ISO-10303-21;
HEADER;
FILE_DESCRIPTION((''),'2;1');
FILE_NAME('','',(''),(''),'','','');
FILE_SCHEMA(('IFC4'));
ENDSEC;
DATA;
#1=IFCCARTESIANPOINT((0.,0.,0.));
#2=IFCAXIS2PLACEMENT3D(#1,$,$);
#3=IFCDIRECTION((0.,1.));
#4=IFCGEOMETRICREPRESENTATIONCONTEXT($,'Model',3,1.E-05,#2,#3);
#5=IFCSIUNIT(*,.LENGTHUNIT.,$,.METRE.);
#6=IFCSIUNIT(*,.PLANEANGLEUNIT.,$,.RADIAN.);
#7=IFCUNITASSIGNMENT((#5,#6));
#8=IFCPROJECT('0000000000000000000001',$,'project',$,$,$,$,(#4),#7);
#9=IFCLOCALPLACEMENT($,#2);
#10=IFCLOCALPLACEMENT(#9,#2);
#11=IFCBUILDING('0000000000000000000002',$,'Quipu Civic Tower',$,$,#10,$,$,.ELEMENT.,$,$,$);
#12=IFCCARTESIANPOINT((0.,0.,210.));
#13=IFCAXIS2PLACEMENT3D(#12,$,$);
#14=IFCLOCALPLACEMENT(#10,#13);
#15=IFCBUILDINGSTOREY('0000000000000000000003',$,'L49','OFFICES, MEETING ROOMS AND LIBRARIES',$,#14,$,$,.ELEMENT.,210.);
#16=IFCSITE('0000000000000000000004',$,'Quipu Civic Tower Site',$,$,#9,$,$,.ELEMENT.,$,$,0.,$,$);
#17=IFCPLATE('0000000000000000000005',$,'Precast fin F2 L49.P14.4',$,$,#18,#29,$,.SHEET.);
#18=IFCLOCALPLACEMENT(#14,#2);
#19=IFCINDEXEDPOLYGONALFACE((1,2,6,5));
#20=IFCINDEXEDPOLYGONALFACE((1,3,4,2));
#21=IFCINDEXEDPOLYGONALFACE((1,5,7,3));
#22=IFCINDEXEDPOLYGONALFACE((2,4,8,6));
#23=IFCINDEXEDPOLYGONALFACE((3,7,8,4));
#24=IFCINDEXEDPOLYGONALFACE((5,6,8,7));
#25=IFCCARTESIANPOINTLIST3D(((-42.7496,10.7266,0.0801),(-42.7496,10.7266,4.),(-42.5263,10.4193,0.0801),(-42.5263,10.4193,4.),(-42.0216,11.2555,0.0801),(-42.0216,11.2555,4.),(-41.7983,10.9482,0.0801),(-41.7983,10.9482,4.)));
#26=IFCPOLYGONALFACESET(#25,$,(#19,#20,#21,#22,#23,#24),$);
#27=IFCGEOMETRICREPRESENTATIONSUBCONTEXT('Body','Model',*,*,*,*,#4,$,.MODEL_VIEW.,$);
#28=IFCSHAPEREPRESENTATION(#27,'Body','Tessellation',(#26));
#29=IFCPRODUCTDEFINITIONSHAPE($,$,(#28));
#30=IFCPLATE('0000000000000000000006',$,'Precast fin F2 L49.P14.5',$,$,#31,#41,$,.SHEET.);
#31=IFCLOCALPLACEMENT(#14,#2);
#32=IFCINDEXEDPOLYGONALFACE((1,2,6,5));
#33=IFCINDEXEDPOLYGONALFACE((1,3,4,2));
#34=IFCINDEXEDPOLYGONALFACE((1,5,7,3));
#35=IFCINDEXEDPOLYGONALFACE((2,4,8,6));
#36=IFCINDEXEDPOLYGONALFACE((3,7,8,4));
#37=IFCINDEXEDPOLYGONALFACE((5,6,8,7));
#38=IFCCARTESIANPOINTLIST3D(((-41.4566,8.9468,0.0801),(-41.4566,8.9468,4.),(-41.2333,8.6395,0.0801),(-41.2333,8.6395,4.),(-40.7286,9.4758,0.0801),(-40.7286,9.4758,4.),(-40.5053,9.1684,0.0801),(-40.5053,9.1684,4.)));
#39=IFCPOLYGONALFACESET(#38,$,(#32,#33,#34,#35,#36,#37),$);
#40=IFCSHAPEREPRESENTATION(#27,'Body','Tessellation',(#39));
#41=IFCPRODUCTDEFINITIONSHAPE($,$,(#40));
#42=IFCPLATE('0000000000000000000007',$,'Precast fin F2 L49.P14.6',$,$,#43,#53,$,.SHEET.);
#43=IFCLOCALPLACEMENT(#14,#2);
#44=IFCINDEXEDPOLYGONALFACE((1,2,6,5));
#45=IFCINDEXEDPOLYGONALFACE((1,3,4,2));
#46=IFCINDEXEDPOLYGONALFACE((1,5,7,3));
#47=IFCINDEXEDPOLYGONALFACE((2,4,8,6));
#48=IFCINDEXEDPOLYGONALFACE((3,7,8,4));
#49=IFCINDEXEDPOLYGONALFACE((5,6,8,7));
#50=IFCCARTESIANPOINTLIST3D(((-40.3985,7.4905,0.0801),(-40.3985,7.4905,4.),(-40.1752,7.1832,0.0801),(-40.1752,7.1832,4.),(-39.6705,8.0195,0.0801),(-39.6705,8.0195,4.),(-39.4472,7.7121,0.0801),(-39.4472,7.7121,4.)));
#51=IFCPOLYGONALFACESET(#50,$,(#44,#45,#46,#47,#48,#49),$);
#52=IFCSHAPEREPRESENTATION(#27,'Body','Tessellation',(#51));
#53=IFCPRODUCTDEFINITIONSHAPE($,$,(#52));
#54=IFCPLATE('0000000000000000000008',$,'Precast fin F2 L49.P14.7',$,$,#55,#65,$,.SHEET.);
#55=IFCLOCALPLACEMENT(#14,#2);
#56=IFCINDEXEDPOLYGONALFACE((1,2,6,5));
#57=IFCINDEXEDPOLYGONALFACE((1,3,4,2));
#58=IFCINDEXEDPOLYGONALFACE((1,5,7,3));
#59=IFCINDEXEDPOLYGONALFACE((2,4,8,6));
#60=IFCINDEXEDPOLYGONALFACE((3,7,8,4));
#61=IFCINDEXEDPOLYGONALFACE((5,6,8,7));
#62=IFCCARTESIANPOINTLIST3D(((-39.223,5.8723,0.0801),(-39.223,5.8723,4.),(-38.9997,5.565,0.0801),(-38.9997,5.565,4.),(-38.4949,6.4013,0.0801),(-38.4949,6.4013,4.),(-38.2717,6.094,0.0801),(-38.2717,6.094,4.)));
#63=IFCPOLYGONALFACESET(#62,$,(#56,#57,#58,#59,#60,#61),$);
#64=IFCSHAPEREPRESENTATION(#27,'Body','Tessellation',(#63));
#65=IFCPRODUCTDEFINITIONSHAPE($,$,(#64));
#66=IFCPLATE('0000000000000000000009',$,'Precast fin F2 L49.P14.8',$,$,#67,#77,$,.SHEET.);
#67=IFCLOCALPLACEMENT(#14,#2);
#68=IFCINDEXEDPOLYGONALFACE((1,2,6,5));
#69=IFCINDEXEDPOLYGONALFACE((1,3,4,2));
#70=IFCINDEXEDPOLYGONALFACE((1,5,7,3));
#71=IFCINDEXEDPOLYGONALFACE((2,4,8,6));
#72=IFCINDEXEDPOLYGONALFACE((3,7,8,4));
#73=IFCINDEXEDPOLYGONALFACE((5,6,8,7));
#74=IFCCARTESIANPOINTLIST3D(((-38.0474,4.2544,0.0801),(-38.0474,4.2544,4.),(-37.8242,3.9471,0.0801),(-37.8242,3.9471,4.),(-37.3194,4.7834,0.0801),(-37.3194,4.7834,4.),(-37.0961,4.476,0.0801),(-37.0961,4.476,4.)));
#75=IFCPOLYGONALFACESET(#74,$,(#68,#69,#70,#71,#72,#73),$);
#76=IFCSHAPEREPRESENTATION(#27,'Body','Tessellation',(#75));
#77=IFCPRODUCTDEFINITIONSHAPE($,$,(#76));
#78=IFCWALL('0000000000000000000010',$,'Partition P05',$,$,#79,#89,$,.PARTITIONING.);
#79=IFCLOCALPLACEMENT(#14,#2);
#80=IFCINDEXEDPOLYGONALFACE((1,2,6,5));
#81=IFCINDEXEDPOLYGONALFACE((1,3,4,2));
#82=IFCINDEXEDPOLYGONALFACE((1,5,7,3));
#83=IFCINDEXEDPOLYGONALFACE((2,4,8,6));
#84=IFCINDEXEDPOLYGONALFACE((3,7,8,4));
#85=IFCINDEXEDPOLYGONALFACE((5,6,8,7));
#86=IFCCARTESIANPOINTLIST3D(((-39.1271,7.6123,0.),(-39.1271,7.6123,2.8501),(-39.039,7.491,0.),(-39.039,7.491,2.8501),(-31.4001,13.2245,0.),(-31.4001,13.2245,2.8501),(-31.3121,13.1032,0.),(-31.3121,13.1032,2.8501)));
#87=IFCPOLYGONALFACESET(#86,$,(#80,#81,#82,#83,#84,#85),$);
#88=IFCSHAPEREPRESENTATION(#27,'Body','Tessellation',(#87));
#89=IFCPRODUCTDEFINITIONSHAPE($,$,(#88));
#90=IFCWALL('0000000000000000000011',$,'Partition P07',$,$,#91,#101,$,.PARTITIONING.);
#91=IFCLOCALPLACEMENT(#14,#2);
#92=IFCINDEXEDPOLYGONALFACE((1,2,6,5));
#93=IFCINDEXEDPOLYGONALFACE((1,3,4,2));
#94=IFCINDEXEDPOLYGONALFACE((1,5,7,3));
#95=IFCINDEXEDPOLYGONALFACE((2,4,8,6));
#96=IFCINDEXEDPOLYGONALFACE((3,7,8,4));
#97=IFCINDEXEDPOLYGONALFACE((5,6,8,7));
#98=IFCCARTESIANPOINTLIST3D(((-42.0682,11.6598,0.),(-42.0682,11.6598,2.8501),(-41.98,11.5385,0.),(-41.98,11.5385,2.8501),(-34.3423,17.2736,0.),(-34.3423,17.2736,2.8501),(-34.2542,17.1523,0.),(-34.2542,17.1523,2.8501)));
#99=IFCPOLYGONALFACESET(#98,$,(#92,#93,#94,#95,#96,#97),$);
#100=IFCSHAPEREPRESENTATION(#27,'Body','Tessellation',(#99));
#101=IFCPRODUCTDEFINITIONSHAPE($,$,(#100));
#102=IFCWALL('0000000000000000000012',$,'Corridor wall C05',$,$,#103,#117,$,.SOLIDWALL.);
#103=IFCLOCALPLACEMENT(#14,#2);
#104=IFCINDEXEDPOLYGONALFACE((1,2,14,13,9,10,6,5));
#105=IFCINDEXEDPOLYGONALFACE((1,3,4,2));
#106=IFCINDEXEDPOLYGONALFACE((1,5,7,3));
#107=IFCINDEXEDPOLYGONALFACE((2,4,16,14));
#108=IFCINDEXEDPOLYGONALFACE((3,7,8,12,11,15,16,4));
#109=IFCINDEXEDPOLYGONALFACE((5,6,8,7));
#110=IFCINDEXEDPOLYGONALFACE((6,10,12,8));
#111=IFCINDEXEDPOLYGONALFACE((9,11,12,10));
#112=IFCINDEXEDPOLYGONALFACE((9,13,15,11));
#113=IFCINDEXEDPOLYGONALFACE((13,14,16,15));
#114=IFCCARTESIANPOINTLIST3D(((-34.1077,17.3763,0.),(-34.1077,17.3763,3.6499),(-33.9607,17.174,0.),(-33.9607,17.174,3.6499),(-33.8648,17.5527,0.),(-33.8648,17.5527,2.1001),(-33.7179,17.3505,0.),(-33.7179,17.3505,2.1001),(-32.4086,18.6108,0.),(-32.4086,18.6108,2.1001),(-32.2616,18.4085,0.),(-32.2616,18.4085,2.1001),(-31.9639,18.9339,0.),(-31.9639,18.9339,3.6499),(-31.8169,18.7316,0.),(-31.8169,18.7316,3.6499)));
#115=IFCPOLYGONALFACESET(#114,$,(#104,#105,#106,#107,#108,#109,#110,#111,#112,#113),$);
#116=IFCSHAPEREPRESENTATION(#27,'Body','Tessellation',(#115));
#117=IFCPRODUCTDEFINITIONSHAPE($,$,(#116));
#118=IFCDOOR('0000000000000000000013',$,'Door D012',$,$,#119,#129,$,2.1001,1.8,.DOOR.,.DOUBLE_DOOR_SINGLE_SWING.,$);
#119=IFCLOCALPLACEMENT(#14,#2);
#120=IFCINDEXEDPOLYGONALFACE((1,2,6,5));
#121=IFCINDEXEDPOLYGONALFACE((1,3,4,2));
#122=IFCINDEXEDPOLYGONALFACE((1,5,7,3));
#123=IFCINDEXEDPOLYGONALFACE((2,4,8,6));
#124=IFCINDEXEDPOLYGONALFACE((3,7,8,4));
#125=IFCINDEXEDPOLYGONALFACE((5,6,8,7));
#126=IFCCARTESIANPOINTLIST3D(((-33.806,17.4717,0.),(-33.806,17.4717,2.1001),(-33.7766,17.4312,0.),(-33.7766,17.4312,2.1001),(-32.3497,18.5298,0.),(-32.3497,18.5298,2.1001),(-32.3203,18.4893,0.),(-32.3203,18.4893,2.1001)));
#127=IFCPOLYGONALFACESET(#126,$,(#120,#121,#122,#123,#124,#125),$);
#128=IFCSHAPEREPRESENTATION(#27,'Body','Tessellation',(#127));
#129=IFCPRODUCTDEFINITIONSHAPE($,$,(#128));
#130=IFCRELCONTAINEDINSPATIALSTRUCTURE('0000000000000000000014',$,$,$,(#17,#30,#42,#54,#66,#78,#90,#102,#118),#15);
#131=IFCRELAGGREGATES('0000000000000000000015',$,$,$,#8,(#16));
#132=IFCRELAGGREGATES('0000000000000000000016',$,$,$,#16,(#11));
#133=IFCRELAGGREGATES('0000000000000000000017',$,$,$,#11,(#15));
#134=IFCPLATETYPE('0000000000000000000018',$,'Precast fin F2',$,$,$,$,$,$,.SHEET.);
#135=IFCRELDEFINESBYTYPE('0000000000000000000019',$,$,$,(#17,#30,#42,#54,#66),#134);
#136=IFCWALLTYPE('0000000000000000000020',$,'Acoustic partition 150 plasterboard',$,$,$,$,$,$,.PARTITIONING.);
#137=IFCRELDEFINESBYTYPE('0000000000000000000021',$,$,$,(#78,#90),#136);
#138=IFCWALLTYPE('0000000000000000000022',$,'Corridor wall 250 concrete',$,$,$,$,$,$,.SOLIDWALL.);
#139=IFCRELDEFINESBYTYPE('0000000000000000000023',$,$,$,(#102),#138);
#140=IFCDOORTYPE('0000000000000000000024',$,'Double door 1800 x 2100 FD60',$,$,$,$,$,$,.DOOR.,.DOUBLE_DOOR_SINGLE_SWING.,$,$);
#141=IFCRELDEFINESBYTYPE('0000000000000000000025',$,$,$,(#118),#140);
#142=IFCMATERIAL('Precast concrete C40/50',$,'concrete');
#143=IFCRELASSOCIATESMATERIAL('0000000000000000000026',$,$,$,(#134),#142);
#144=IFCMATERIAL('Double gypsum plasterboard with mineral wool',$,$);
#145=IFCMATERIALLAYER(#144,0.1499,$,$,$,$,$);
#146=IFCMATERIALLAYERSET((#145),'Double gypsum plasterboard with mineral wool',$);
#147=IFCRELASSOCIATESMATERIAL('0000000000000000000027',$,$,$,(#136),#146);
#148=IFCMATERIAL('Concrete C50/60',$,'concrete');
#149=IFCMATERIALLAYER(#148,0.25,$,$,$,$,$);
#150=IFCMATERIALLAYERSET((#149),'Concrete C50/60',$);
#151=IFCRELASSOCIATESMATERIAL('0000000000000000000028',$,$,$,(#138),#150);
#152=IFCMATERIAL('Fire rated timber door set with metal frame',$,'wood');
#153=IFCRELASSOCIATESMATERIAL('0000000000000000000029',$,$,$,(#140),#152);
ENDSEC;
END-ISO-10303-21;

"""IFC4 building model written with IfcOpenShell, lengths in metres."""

from ifc_helpers import new_model, si_unit, direction, frame, frame_2d, origin, origin_2d, place, context, subcontext, project, spatial, rectangle, extrude, material, layer, layer_set, type_object, element, fill, save


model = new_model("IFC4")

# Units and contexts
model_context = context("Model", 3, precision=1e-05, world=origin(), true_north=direction((0.0, 1.0)))
body_context = subcontext(model_context, "Body", "Model", "MODEL_VIEW")
ifc_project = project(units=[si_unit("LENGTHUNIT", "METRE"), si_unit("PLANEANGLEUNIT", "RADIAN")], contexts=[model_context])

# Site, building, storey
site_placement = place(None, origin())
site = spatial("IfcSite", under=ifc_project, at=site_placement, Name="Quipu Civic Tower Site", CompositionType="ELEMENT", RefElevation=0.0)
building_placement = place(site_placement, origin())
building = spatial("IfcBuilding", under=site, at=building_placement, Name="Quipu Civic Tower", CompositionType="ELEMENT")
storey_placement = place(building_placement, frame((0.0, 0.0, 210.0)))
storey = spatial("IfcBuildingStorey", under=building, at=storey_placement, Name="L49", Description="OFFICES, MEETING ROOMS AND LIBRARIES", CompositionType="ELEMENT", Elevation=210.0)

# Plates
ifc_material_1 = material(Name="Precast concrete C40/50", Category="concrete")
plate_type_1 = type_object("IfcPlateType", Name="Precast fin F2", PredefinedType="SHEET", material=ifc_material_1)
for number, where, z_axis, x_axis, name in (
    (1, (-42.2739, 10.8374, 0.0801), (0.0, 0.0, 1.0), (0.587786, -0.809017, 0.0), "Precast fin F2 L49.P14.4"),
    (2, (-40.981, 9.0576, 0.0801), (0.0, 0.0, 1.0), (0.587786, -0.809017, 0.0), "Precast fin F2 L49.P14.5"),
    (3, (-39.9229, 7.6013, 0.0801), (0.0, 0.0, 1.0), (0.587786, -0.809017, 0.0), "Precast fin F2 L49.P14.6"),
    (4, (-38.7473, 5.9832, 0.0801), (0.0, 0.0, 1.0), (0.587786, -0.809017, 0.0), "Precast fin F2 L49.P14.7"),
    (5, (-37.5718, 4.3652, 0.0801), (0.0, 0.0, 1.0), (0.587786, -0.809017, 0.0), "Precast fin F2 L49.P14.8"),
):
    element("IfcPlate", number, at=place(storey_placement, frame(where, z_axis=z_axis, x_axis=x_axis)), inside=storey, type_object=plate_type_1, Name=name, PredefinedType="SHEET", context=body_context, shape_type="SweptSolid", body=[
        extrude(rectangle(XDim=0.3799, YDim=0.8999, at=origin_2d()), origin(), (0.0, 0.0, 1.0), 3.9199),
    ])

# Walls
ifc_material_2 = material(Name="Double gypsum plasterboard with mineral wool")
ifc_layer_1 = layer(ifc_material_2, 0.1499)
ifc_layer_set_1 = layer_set([ifc_layer_1], Name="Double gypsum plasterboard with mineral wool")
wall_type_1 = type_object("IfcWallType", Name="Acoustic partition 150 plasterboard", PredefinedType="PARTITIONING", material=ifc_layer_set_1)
for number, where, z_axis, x_axis, name in (
    (6, (-31.3562, 13.1638, 0.0), (0.0, 0.0, 1.0), (-0.809103, -0.587667, 0.0), "Partition P05"),
    (7, (-34.2983, 17.2129, 0.0), (0.0, 0.0, 1.0), (-0.808986, -0.587828, 0.0), "Partition P07"),
):
    element("IfcWall", number, at=place(storey_placement, frame(where, z_axis=z_axis, x_axis=x_axis)), inside=storey, type_object=wall_type_1, Name=name, PredefinedType="PARTITIONING", context=body_context, shape_type="SweptSolid", body=[
        extrude(rectangle(XDim=9.55, YDim=0.1499, at=frame_2d((4.7749, 0.0))), origin(), (0.0, 0.0, 1.0), 2.8501),
    ])

# Wall, opening, door
ifc_material_3 = material(Name="Concrete C50/60", Category="concrete")
ifc_layer_2 = layer(ifc_material_3, 0.25)
ifc_layer_set_2 = layer_set([ifc_layer_2], Name="Concrete C50/60")
wall_type_2 = type_object("IfcWallType", Name="Corridor wall 250 concrete", PredefinedType="SOLIDWALL", material=ifc_layer_set_2)
wall_placement = place(storey_placement, frame((-34.0342, 17.2751, 0.0), z_axis=(0.0, 0.0, 1.0), x_axis=(0.809007, 0.587799, 0.0)))
wall = element("IfcWall", 8, at=wall_placement, inside=storey, type_object=wall_type_2, Name="Corridor wall C05", PredefinedType="SOLIDWALL", context=body_context, shape_type="SweptSolid", body=[
    extrude(rectangle(XDim=2.6499, YDim=0.25, at=frame_2d((1.325, 0.0))), origin(), (0.0, 0.0, 1.0), 3.6499),
])
opening_placement = place(wall_placement, frame((0.3003, 0.0, 0.0)))
opening = element("IfcOpeningElement", 9, at=opening_placement, cuts=wall, PredefinedType="OPENING", context=body_context, shape_type="SweptSolid", body=[
    extrude(rectangle(XDim=1.8, YDim=2.1001, at=frame_2d((0.8999, 1.05))), frame((0.0, 0.135, 0.0), z_axis=(0.0, -1.0, 0.0), x_axis=(1.0, 0.0, 0.0)), (0.0, 0.0, 1.0), 0.27),
])
ifc_material_4 = material(Name="Fire rated timber door set with metal frame", Category="wood")
door_type = type_object("IfcDoorType", Name="Double door 1800 x 2100 FD60", OperationType="DOUBLE_DOOR_SINGLE_SWING", PredefinedType="DOOR", material=ifc_material_4)
door_placement = place(opening_placement, origin())
door = element("IfcDoor", 10, at=door_placement, inside=storey, type_object=door_type, Name="Door D012", OperationType="DOUBLE_DOOR_SINGLE_SWING", OverallHeight=2.1001, OverallWidth=1.8, PredefinedType="DOOR", context=body_context, shape_type="SweptSolid", body=[
    extrude(rectangle(XDim=1.8, YDim=2.1001, at=frame_2d((0.8999, 1.05))), frame((0.0, 0.0249, 0.0), z_axis=(0.0, -1.0, 0.0), x_axis=(1.0, 0.0, 0.0)), (0.0, 0.0, 1.0), 0.05),
])
fill(opening, door)

save(model, "model.ifc")
